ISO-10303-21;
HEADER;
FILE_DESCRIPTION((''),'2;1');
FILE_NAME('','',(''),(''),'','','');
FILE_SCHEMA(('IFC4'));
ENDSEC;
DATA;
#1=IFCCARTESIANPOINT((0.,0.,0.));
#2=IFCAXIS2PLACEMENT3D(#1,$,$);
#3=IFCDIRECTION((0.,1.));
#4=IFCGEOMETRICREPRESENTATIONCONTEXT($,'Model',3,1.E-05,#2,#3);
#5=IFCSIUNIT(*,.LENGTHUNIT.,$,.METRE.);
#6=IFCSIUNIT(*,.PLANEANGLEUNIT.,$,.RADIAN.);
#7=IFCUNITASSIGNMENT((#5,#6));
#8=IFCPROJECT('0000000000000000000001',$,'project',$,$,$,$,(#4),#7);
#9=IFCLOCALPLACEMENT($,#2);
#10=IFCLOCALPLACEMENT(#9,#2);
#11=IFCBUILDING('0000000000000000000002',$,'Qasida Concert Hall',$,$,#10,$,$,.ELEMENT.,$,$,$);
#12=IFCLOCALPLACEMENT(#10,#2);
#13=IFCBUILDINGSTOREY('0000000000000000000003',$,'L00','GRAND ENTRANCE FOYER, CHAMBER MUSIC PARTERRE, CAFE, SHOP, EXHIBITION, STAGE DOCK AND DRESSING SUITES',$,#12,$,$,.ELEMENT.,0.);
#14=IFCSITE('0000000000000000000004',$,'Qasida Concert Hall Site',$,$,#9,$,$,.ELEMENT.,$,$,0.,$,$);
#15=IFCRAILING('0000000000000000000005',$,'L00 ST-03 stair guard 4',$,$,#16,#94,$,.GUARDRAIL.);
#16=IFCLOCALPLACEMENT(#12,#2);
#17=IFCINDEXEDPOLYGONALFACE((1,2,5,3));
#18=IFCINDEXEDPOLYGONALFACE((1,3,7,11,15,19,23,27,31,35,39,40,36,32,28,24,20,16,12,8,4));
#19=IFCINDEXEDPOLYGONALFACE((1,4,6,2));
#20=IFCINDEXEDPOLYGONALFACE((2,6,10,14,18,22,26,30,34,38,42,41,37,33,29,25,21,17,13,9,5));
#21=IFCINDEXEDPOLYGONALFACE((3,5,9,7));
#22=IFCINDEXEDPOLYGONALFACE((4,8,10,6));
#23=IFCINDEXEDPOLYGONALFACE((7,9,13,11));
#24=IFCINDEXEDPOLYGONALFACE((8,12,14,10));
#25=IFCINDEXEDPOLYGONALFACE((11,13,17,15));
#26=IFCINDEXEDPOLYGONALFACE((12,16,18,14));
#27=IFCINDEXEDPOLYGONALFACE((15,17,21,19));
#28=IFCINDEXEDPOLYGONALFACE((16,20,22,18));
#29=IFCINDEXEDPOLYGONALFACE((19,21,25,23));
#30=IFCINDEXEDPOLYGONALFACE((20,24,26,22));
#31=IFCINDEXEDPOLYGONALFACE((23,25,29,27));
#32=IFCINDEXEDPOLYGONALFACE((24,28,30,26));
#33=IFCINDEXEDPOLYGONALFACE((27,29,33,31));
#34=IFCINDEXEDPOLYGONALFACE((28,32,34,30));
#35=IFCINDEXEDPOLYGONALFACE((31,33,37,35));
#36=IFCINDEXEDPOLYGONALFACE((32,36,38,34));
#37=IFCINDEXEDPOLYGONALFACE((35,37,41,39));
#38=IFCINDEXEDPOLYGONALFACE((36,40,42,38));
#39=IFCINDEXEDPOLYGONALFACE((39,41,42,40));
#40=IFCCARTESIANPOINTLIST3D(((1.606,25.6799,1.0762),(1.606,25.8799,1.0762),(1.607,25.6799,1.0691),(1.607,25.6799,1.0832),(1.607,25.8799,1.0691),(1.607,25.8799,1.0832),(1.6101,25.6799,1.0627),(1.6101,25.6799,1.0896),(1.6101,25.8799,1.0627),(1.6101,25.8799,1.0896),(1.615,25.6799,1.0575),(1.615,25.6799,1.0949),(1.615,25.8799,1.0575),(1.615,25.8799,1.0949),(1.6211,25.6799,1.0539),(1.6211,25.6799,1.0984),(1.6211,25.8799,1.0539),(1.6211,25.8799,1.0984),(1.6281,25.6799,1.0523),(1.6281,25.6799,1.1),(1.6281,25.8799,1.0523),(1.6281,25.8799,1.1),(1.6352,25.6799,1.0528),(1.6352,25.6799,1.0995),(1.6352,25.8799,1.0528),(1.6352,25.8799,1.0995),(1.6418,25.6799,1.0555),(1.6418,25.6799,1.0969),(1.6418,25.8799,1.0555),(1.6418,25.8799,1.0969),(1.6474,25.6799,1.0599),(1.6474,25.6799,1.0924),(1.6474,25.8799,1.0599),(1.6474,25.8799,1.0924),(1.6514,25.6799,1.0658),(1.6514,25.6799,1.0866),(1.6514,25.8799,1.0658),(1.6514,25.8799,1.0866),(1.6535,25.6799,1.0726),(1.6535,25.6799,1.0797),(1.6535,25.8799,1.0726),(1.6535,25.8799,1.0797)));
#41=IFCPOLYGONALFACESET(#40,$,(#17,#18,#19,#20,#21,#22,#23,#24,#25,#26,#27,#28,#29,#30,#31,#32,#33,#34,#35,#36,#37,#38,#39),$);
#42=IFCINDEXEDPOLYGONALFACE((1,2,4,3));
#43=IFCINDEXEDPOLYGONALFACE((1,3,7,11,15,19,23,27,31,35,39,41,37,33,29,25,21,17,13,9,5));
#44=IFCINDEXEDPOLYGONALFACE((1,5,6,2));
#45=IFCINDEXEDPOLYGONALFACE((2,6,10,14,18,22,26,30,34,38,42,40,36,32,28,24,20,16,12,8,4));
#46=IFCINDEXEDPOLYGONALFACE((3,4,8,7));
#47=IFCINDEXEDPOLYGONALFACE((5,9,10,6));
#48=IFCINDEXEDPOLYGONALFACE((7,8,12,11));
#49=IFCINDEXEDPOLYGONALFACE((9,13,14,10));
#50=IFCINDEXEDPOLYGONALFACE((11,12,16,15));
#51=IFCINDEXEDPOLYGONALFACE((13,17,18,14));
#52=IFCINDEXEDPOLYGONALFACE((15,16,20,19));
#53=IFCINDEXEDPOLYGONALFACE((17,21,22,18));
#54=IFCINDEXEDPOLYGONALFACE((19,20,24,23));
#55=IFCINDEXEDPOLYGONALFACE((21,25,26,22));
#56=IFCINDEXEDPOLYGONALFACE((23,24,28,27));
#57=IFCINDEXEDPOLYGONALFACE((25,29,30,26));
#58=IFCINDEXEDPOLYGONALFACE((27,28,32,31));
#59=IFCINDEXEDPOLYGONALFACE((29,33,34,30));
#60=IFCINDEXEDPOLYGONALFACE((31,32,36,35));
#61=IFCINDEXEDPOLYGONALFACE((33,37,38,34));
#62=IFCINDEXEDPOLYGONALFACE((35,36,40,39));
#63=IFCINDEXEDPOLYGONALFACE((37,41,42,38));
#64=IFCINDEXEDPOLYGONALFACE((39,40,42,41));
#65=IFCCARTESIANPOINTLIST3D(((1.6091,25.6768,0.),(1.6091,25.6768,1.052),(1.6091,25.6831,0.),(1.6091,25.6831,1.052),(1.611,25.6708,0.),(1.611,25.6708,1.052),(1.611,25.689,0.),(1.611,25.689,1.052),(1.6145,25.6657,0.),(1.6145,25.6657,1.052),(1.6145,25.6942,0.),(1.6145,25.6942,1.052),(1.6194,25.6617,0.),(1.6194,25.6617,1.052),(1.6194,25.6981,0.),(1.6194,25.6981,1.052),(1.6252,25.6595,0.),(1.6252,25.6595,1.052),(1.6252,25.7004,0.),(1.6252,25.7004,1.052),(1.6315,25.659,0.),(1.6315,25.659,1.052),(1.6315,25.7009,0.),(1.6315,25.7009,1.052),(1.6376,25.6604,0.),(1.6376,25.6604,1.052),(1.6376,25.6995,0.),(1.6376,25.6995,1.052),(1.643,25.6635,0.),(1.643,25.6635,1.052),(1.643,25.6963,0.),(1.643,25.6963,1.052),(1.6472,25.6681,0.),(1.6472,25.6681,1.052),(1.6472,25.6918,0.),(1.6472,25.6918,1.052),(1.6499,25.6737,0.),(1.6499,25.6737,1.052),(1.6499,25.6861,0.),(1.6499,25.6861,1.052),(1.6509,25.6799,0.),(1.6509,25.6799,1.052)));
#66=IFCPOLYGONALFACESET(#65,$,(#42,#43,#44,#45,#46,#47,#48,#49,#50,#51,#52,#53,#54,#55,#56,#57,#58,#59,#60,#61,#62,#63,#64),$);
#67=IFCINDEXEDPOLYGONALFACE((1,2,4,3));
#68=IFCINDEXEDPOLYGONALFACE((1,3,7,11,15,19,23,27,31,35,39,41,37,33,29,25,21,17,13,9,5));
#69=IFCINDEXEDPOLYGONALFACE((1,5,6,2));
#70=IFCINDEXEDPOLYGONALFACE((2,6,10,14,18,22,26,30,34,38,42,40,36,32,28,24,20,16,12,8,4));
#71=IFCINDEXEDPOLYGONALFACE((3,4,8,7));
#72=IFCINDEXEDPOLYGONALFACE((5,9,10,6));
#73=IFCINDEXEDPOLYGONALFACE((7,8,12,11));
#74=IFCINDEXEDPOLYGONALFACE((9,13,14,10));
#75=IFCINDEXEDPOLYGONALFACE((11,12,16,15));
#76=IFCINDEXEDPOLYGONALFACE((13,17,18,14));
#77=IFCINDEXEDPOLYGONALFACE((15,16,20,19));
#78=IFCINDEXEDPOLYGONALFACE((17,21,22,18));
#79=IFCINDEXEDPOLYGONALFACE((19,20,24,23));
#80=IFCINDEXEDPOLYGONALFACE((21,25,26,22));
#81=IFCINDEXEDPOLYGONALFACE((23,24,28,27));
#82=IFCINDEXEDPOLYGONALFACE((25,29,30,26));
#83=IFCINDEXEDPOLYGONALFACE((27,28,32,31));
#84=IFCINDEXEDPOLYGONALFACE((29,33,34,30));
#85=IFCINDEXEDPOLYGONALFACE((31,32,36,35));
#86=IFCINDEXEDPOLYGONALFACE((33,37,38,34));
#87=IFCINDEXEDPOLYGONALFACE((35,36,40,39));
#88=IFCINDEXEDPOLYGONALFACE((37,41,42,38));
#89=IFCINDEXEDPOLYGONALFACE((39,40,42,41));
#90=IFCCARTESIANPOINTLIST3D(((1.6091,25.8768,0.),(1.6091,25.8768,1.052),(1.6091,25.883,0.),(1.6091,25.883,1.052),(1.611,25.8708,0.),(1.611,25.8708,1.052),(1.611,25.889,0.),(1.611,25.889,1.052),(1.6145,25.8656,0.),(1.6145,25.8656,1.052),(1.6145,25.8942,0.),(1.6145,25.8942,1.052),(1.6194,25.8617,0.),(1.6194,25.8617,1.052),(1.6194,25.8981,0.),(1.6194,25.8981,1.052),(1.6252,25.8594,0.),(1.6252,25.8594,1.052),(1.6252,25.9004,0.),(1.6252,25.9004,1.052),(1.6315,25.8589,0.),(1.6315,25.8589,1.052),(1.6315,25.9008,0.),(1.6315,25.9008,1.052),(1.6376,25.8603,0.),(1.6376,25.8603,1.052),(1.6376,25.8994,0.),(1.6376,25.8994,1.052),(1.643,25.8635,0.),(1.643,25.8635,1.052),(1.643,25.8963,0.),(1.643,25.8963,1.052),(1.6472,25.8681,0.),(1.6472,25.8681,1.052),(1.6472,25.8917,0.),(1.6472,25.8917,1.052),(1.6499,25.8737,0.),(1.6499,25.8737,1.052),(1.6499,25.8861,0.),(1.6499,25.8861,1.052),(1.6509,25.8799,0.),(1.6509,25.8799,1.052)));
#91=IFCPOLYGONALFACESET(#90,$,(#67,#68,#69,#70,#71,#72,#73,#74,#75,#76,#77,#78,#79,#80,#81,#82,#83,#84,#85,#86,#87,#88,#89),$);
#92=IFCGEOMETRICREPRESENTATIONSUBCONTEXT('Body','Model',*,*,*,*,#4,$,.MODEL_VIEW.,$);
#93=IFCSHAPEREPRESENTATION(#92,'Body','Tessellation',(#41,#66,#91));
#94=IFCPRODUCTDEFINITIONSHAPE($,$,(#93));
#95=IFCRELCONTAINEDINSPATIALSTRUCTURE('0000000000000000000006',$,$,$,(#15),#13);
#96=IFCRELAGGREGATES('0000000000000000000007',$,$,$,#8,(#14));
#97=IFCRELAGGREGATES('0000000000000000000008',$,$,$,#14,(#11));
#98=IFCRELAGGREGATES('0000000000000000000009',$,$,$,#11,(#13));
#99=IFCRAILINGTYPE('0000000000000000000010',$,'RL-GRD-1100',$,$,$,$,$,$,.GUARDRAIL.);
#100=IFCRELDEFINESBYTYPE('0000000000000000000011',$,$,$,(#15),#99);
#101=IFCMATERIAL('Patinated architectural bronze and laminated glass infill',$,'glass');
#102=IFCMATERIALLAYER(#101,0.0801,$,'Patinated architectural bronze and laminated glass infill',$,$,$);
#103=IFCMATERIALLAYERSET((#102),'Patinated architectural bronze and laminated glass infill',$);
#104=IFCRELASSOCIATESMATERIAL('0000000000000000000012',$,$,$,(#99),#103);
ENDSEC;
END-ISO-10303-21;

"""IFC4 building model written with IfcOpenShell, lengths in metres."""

from ifc_helpers import new_model, si_unit, direction, frame, origin, origin_2d, place, context, subcontext, project, spatial, circle, extrude, material, layer, layer_set, type_object, element, save


model = new_model("IFC4")

# Units and contexts
model_context = context("Model", 3, precision=1e-05, world=origin(), true_north=direction((0.0, 1.0)))
body_context = subcontext(model_context, "Body", "Model", "MODEL_VIEW")
ifc_project = project(units=[si_unit("LENGTHUNIT", "METRE"), si_unit("PLANEANGLEUNIT", "RADIAN")], contexts=[model_context])

# Site, building, storey
site_placement = place(None, origin())
site = spatial("IfcSite", under=ifc_project, at=site_placement, Name="Qasida Concert Hall Site", CompositionType="ELEMENT", RefElevation=0.0)
building_placement = place(site_placement, origin())
building = spatial("IfcBuilding", under=site, at=building_placement, Name="Qasida Concert Hall", CompositionType="ELEMENT")
storey_placement = place(building_placement, origin())
storey = spatial("IfcBuildingStorey", under=building, at=storey_placement, Name="L00", Description="GRAND ENTRANCE FOYER, CHAMBER MUSIC PARTERRE, CAFE, SHOP, EXHIBITION, STAGE DOCK AND DRESSING SUITES", CompositionType="ELEMENT", Elevation=0.0)

# Railing
ifc_material_1 = material(Name="Patinated architectural bronze and laminated glass infill", Category="glass")
ifc_layer_1 = layer(ifc_material_1, 0.0801, Name="Patinated architectural bronze and laminated glass infill")
ifc_layer_set_1 = layer_set([ifc_layer_1], Name="Patinated architectural bronze and laminated glass infill")
railing_type_1 = type_object("IfcRailingType", Name="RL-GRD-1100", PredefinedType="GUARDRAIL", material=ifc_layer_set_1)
railing_1_placement = place(storey_placement, frame((1.6299, 25.6799, 0.0)))
element("IfcRailing", 1, at=railing_1_placement, inside=storey, type_object=railing_type_1, Name="L00 ST-03 stair guard 4", PredefinedType="GUARDRAIL", context=body_context, shape_type="SweptSolid", body=[
    extrude(circle(Radius=0.0239, at=origin_2d()), frame((0.0, 0.0, 1.0762), z_axis=(0.0, 1.0, 0.0), x_axis=(-1.0, 0.0, 0.0)), (0.0, 0.0, 1.0), 0.2),
    extrude(circle(Radius=0.021, at=origin_2d()), origin(), (0.0, 0.0, 1.0), 1.052),
    extrude(circle(Radius=0.021, at=origin_2d()), frame((0.0, 0.2, 0.0)), (0.0, 0.0, 1.0), 1.052),
])

save(model, "model.ifc")
